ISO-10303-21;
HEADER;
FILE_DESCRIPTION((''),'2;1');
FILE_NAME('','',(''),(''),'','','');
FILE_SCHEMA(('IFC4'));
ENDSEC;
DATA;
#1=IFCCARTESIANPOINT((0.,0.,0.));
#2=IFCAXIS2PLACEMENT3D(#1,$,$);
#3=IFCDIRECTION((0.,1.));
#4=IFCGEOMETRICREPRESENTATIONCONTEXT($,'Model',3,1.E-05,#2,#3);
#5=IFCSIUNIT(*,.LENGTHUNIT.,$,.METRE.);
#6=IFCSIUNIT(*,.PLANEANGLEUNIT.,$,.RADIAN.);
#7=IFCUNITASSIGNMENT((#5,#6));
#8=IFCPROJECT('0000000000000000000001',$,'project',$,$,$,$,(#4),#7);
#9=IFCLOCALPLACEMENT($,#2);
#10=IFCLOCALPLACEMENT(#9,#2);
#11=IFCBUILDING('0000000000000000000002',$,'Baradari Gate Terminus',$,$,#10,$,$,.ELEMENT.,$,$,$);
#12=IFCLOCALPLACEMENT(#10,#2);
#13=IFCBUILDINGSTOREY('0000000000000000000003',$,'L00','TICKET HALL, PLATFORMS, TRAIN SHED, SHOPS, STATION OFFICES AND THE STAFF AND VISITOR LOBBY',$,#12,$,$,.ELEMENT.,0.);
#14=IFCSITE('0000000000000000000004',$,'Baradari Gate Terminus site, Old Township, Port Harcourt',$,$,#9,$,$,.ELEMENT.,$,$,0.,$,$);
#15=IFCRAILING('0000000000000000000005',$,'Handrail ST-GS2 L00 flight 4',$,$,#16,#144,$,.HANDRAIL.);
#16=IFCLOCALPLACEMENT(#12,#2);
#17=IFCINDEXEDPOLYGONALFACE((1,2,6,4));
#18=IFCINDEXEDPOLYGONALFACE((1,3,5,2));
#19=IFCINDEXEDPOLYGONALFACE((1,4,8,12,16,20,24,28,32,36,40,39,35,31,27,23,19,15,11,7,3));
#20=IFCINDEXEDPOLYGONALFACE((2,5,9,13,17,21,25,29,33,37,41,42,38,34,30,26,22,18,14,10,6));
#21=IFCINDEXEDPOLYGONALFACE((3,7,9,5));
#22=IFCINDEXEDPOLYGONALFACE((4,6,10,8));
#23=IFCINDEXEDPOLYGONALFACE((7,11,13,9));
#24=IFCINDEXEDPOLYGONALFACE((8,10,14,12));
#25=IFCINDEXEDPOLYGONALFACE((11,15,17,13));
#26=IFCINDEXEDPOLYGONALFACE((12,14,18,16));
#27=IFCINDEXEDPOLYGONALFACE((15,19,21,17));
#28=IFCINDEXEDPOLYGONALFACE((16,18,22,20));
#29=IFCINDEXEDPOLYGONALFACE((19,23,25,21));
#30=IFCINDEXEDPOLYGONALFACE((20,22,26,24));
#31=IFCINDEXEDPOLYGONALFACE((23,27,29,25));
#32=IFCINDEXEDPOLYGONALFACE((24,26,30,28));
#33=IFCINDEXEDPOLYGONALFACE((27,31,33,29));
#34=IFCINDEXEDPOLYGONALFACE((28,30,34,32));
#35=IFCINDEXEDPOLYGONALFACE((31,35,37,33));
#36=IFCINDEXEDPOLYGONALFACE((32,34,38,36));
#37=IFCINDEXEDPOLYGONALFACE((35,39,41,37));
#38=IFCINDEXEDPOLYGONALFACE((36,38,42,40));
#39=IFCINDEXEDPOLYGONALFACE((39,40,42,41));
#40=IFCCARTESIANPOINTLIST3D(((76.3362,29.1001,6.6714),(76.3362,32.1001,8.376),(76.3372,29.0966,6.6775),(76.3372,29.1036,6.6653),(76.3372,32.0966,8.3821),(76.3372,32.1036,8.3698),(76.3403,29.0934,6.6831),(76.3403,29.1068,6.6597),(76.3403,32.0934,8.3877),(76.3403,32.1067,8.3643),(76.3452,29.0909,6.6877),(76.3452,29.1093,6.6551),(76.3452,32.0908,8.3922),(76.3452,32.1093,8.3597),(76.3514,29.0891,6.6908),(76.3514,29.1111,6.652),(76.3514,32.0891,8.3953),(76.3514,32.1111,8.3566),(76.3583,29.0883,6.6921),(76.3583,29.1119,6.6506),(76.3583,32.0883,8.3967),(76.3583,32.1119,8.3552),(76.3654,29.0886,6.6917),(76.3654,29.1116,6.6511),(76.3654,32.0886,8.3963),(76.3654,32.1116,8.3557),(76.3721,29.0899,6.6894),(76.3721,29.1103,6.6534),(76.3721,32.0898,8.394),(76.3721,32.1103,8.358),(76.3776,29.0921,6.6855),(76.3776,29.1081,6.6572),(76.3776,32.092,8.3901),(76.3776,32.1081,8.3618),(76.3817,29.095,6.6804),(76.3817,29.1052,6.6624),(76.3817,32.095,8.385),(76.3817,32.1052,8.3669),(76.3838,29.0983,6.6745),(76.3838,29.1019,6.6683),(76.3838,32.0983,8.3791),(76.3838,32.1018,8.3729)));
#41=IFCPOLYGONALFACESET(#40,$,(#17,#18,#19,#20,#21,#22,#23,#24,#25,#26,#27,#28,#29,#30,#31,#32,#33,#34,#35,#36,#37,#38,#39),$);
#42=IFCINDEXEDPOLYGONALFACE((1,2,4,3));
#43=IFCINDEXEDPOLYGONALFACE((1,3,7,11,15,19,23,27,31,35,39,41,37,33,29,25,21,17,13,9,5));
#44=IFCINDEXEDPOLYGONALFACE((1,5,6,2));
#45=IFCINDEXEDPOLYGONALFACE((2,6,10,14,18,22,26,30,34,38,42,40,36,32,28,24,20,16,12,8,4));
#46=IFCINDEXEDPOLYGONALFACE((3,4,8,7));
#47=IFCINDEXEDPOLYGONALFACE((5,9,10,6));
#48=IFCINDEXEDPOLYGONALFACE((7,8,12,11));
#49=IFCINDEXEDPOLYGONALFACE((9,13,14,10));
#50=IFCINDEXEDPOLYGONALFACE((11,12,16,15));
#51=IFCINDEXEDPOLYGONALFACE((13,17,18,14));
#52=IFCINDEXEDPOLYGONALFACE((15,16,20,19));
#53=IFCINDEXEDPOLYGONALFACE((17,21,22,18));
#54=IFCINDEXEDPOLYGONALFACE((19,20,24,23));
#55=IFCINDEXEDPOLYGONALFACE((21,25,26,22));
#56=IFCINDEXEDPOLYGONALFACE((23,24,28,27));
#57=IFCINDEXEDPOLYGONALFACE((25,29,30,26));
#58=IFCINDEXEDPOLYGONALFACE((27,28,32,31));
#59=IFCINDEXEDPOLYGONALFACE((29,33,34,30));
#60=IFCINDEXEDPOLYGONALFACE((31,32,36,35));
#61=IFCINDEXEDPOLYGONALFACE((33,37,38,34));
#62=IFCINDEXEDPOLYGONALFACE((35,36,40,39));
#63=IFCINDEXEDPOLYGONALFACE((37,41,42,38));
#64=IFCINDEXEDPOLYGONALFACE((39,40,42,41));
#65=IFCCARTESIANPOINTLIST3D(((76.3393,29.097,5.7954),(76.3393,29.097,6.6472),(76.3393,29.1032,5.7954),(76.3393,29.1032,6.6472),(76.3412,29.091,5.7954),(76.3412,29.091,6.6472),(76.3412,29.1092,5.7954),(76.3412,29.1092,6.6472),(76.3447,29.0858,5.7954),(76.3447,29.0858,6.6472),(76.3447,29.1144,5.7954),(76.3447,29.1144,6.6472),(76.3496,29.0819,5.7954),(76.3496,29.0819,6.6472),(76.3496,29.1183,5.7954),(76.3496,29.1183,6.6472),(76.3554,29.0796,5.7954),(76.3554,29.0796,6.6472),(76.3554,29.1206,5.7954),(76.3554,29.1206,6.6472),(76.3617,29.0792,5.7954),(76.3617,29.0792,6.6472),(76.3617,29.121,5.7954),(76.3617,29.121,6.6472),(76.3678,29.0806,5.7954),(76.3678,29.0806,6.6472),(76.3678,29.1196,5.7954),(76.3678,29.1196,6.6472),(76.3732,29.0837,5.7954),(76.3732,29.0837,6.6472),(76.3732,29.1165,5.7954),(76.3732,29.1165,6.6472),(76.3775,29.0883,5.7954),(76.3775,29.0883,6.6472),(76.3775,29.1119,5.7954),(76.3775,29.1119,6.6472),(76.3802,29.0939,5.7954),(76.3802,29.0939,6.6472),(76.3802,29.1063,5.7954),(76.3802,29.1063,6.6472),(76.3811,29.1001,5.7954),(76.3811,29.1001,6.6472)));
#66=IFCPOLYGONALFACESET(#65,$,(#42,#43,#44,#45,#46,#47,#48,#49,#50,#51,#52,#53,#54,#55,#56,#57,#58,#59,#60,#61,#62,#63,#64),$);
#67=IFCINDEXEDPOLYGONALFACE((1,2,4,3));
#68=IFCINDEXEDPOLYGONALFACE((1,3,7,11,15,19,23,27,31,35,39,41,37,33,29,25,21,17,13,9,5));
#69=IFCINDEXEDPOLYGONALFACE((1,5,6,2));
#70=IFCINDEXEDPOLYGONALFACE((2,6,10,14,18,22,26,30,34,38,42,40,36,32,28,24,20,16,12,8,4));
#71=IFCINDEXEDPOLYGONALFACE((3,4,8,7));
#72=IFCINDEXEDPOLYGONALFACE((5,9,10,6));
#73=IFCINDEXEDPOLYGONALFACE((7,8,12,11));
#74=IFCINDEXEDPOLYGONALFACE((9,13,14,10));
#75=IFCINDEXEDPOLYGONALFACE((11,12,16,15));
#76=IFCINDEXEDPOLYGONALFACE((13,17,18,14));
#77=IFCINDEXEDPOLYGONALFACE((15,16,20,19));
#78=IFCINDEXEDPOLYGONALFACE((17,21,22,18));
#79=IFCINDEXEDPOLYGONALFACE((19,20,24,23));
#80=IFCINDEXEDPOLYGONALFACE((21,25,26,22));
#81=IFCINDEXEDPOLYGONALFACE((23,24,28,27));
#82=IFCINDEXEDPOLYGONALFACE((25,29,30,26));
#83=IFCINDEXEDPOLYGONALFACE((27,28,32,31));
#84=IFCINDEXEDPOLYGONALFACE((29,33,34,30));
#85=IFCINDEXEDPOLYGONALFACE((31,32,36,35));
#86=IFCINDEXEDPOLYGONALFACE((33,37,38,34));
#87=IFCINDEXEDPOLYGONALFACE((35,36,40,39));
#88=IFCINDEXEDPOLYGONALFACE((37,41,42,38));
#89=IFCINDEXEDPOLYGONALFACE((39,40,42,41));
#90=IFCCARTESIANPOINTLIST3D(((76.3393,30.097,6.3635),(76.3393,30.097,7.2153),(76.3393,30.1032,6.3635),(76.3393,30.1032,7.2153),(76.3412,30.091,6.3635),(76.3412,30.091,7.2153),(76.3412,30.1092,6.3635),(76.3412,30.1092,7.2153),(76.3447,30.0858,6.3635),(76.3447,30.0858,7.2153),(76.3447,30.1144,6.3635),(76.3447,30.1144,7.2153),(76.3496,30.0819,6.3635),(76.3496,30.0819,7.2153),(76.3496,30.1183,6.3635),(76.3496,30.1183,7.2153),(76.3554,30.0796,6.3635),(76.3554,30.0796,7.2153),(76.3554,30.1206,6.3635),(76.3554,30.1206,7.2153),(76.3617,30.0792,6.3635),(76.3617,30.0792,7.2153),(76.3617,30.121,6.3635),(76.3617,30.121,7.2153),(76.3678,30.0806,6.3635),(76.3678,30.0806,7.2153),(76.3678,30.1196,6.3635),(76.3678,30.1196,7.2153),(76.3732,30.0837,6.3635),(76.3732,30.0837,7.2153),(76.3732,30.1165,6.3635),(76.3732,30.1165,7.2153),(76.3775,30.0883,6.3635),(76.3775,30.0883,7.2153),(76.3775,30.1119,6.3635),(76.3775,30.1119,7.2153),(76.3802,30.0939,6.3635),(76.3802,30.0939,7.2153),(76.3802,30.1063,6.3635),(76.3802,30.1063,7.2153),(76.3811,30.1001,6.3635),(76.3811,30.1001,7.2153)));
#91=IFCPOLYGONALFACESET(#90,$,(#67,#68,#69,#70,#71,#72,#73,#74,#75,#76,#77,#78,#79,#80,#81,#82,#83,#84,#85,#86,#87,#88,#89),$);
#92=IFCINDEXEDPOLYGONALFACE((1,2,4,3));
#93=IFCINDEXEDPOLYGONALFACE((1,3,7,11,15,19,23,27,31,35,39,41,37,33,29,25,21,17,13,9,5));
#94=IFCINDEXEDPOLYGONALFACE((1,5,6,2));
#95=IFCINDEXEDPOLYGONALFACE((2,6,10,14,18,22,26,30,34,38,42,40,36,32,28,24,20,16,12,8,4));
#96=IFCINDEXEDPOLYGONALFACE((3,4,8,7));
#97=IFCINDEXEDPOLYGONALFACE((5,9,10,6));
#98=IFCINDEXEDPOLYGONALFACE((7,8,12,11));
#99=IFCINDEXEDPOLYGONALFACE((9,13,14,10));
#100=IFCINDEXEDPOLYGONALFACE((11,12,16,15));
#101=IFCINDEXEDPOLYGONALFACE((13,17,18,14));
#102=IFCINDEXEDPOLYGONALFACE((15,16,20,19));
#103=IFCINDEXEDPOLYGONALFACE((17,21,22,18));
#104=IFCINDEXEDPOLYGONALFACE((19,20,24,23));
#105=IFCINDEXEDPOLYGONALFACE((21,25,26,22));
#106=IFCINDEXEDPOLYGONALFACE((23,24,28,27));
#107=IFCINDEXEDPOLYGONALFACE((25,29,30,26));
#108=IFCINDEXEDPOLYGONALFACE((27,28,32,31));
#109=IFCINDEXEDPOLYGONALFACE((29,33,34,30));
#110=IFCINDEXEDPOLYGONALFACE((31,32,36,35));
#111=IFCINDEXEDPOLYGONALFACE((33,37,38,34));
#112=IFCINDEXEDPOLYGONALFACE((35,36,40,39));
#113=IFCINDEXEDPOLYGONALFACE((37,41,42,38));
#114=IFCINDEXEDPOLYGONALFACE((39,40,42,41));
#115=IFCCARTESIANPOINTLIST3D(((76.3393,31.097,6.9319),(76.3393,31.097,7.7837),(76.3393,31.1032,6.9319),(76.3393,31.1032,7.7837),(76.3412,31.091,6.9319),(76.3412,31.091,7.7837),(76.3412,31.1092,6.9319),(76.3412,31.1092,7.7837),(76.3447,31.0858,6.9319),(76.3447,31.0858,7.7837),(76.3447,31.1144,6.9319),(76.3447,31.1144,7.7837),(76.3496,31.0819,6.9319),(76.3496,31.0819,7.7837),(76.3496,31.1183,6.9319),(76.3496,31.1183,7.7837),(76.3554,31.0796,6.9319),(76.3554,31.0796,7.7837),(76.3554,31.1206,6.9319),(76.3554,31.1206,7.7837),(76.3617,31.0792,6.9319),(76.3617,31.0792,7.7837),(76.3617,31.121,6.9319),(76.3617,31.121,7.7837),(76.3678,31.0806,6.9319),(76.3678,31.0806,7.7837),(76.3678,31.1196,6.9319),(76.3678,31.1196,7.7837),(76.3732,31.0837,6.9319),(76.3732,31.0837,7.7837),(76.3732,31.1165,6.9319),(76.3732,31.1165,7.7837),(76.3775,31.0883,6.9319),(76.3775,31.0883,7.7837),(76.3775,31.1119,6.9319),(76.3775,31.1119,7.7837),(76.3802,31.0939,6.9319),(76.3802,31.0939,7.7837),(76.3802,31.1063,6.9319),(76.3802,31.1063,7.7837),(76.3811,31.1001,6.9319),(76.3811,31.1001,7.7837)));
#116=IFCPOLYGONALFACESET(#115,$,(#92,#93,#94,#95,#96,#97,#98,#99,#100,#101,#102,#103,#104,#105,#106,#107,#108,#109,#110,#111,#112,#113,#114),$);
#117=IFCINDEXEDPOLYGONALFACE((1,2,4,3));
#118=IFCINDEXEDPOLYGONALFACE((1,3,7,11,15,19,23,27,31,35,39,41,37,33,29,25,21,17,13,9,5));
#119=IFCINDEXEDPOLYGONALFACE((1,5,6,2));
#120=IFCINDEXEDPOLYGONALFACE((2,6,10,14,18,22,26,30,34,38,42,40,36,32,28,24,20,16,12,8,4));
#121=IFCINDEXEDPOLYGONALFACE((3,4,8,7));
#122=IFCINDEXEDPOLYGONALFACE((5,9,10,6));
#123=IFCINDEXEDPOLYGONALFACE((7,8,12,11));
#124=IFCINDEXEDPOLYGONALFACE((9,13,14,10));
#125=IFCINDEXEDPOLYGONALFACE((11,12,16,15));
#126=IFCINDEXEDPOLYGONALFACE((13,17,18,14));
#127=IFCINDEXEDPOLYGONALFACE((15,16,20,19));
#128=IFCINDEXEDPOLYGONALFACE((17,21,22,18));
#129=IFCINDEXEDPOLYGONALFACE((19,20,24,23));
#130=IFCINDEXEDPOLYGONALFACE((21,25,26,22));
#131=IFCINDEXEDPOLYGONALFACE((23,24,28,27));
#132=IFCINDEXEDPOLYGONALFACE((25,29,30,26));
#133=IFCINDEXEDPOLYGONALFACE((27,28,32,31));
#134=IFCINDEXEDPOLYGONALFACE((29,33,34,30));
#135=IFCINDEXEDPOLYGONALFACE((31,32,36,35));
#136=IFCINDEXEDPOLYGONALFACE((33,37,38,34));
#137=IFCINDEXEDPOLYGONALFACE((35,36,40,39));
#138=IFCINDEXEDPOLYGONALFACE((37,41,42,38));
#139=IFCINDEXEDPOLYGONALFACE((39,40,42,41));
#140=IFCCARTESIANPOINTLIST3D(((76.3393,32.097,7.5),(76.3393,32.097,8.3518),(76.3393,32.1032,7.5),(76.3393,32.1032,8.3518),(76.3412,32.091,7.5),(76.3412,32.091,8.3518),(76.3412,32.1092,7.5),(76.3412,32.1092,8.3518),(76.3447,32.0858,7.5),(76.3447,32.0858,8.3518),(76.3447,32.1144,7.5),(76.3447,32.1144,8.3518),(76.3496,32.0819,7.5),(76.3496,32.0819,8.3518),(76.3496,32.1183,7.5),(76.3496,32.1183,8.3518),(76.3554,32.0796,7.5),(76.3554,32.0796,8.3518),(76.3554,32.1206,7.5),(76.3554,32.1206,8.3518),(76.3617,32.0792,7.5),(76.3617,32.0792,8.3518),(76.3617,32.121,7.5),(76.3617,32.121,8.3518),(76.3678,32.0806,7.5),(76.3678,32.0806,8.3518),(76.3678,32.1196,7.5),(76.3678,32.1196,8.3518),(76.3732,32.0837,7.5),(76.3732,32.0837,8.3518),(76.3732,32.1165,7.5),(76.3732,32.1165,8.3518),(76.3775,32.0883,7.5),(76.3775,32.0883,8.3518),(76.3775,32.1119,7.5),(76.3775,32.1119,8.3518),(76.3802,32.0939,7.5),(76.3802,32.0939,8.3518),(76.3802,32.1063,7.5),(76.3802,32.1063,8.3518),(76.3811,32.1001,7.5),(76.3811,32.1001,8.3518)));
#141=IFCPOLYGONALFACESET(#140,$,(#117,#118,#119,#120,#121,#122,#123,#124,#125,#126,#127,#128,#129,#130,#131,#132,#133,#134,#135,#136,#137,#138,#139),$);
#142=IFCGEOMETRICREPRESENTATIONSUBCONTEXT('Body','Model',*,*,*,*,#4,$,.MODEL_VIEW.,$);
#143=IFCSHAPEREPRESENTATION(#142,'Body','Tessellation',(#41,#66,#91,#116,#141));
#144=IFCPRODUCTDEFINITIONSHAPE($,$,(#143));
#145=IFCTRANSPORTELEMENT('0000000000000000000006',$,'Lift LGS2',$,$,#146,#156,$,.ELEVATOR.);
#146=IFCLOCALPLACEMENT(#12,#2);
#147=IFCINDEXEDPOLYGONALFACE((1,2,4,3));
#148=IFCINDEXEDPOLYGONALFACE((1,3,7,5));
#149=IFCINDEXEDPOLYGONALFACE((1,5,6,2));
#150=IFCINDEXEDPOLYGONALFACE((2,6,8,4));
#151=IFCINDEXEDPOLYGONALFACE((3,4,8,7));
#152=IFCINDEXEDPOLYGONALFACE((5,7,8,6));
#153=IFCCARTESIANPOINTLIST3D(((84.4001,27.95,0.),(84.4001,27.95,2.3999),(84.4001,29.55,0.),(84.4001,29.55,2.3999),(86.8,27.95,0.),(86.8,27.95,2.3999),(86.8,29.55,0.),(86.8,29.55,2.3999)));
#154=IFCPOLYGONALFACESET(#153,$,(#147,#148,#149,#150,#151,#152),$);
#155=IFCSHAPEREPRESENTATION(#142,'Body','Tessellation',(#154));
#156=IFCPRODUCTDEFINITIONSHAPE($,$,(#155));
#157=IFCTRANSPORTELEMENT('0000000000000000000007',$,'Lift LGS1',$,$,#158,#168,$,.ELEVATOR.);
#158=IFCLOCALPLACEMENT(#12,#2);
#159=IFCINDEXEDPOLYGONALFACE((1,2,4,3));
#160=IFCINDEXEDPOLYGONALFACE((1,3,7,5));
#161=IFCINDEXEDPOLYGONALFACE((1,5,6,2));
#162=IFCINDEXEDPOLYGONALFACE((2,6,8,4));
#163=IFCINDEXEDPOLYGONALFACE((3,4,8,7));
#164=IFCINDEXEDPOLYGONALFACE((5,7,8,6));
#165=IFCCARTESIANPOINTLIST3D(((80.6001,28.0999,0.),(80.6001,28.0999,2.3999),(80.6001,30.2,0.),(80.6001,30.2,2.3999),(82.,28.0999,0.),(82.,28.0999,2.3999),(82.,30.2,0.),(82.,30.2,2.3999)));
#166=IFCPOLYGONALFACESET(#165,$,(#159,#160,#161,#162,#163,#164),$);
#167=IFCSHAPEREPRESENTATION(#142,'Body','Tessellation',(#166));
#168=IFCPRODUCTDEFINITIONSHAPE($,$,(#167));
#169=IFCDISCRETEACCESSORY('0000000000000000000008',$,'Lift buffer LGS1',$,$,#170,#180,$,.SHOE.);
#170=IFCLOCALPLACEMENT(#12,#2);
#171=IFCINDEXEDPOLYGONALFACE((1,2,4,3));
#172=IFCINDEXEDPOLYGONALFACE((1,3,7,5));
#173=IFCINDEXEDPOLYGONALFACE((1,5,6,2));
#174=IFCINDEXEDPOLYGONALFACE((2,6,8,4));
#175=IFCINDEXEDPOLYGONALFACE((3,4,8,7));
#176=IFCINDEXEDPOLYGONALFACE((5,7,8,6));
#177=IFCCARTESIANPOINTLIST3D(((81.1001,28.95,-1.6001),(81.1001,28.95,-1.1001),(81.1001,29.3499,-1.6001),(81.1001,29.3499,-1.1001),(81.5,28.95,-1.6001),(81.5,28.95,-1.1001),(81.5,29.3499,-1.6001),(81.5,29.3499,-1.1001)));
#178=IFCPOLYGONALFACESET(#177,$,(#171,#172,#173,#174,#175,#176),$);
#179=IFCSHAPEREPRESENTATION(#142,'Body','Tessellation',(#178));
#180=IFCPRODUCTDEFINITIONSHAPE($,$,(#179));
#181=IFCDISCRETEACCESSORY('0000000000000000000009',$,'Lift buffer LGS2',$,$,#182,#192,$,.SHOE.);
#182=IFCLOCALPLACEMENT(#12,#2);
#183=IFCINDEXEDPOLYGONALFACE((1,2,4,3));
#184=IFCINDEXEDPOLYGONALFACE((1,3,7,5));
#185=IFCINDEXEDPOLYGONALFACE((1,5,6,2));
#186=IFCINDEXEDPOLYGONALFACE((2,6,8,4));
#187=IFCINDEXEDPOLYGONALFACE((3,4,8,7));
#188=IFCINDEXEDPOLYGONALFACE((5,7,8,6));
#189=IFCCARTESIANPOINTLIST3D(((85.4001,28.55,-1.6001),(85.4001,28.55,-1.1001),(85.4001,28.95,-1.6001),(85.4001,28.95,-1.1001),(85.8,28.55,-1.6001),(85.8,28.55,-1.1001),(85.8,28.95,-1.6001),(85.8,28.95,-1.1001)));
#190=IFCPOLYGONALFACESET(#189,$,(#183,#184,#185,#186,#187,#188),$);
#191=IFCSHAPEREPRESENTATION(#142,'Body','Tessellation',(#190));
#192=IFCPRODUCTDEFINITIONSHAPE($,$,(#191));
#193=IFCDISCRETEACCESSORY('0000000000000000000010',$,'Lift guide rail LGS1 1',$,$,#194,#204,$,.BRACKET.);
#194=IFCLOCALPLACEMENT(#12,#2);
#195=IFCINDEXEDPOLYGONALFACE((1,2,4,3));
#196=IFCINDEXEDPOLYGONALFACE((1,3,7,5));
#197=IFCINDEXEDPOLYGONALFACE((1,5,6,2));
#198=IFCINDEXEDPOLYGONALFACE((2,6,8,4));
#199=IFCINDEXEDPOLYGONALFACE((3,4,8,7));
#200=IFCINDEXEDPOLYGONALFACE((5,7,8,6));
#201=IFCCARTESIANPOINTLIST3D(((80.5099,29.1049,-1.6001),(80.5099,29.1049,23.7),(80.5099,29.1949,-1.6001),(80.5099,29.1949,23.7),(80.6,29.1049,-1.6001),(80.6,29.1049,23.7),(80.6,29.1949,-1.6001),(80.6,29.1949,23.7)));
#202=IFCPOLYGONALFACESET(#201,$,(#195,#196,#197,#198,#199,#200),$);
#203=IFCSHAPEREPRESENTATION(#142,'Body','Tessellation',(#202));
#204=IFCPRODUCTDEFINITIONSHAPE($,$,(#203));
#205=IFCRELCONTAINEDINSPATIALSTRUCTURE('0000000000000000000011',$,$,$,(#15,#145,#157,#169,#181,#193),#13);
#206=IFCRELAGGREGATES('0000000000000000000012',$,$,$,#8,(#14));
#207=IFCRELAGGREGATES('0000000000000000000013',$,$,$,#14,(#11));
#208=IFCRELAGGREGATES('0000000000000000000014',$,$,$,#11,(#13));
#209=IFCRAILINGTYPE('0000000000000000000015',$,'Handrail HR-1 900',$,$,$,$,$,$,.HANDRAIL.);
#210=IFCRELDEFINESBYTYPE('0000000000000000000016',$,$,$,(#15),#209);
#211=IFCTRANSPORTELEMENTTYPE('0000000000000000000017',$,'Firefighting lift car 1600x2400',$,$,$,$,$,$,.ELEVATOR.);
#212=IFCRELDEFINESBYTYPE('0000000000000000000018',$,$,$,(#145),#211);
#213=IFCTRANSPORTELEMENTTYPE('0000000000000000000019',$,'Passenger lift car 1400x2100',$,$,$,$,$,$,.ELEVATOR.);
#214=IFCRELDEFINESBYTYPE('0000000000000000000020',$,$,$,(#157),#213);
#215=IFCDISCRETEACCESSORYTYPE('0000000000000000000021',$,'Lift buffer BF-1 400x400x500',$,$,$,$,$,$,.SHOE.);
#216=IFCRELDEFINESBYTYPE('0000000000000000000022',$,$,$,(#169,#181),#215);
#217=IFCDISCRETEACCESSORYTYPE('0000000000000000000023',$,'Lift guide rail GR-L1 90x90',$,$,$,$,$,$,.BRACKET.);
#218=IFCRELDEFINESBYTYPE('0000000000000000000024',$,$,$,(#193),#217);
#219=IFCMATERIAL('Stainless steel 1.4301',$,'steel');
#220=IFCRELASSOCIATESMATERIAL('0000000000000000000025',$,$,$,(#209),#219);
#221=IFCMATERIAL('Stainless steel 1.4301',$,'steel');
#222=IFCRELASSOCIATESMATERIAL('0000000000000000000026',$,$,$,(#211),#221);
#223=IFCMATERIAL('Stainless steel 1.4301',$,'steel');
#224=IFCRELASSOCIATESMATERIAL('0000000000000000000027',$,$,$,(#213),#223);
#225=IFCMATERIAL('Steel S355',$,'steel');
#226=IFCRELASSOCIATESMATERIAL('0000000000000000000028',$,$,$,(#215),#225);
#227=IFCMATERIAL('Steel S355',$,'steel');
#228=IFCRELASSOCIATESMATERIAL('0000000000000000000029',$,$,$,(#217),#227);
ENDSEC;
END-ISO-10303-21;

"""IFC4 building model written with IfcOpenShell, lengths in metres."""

from ifc_helpers import new_model, si_unit, direction, frame, origin, origin_2d, place, context, subcontext, project, spatial, rectangle, circle, extrude, material, type_object, element, save


model = new_model("IFC4")

# Units and contexts
model_context = context("Model", 3, precision=1e-05, world=origin(), true_north=direction((0.0, 1.0)))
body_context = subcontext(model_context, "Body", "Model", "MODEL_VIEW")
ifc_project = project(units=[si_unit("LENGTHUNIT", "METRE"), si_unit("PLANEANGLEUNIT", "RADIAN")], contexts=[model_context])

# Site, building, storey
site_placement = place(None, origin())
site = spatial("IfcSite", under=ifc_project, at=site_placement, Name="Baradari Gate Terminus site, Old Township, Port Harcourt", CompositionType="ELEMENT", RefElevation=0.0)
building_placement = place(site_placement, origin())
building = spatial("IfcBuilding", under=site, at=building_placement, Name="Baradari Gate Terminus", CompositionType="ELEMENT")
storey_placement = place(building_placement, origin())
storey = spatial("IfcBuildingStorey", under=building, at=storey_placement, Name="L00", Description="TICKET HALL, PLATFORMS, TRAIN SHED, SHOPS, STATION OFFICES AND THE STAFF AND VISITOR LOBBY", CompositionType="ELEMENT", Elevation=0.0)

# Railing
ifc_material_1 = material(Name="Stainless steel 1.4301", Category="steel")
railing_type = type_object("IfcRailingType", Name="Handrail HR-1 900", PredefinedType="HANDRAIL", material=ifc_material_1)
for number, where, name in (
    (1, (76.3601, 29.1001, 5.7954), "Handrail ST-GS2 L00 flight 4"),
):
    element("IfcRailing", number, at=place(storey_placement, frame(where)), inside=storey, type_object=railing_type, Name=name, PredefinedType="HANDRAIL", context=body_context, shape_type="SweptSolid", body=[
        extrude(circle(Radius=0.0239, at=origin_2d()), frame((0.0, 0.0, 0.876), z_axis=(0.0, 0.869451, 0.494019), x_axis=(-1.0, 0.0, 0.0)), (0.0, 0.0, 1.0), 3.4504),
        extrude(circle(Radius=0.021, at=origin_2d()), origin(), (0.0, 0.0, 1.0), 0.8518),
        extrude(circle(Radius=0.021, at=origin_2d()), frame((0.0, 1.0, 0.5681)), (0.0, 0.0, 1.0), 0.8518),
        extrude(circle(Radius=0.021, at=origin_2d()), frame((0.0, 2.0, 1.1365)), (0.0, 0.0, 1.0), 0.8518),
        extrude(circle(Radius=0.021, at=origin_2d()), frame((0.0, 3.0, 1.7046)), (0.0, 0.0, 1.0), 0.8518),
    ])

# Transport elements
ifc_material_2 = material(Name="Stainless steel 1.4301", Category="steel")
transport_element_type_1 = type_object("IfcTransportElementType", Name="Firefighting lift car 1600x2400", PredefinedType="ELEVATOR", material=ifc_material_2)
transport_element_1_placement = place(storey_placement, frame((85.6001, 28.75, 0.0), z_axis=(0.0, 0.0, 1.0), x_axis=(1.0, 0.0, 0.0)))
element("IfcTransportElement", 2, at=transport_element_1_placement, inside=storey, type_object=transport_element_type_1, Name="Lift LGS2", PredefinedType="ELEVATOR", context=body_context, shape_type="SweptSolid", body=[
    extrude(rectangle(XDim=2.3999, YDim=1.6001, at=origin_2d()), origin(), (0.0, 0.0, 1.0), 2.3999),
])
ifc_material_3 = material(Name="Stainless steel 1.4301", Category="steel")
transport_element_type_2 = type_object("IfcTransportElementType", Name="Passenger lift car 1400x2100", PredefinedType="ELEVATOR", material=ifc_material_3)
transport_element_2_placement = place(storey_placement, frame((81.3, 29.1499, 0.0), z_axis=(0.0, 0.0, 1.0), x_axis=(1.0, 0.0, 0.0)))
element("IfcTransportElement", 3, at=transport_element_2_placement, inside=storey, type_object=transport_element_type_2, Name="Lift LGS1", PredefinedType="ELEVATOR", context=body_context, shape_type="SweptSolid", body=[
    extrude(rectangle(XDim=1.3999, YDim=2.1001, at=origin_2d()), origin(), (0.0, 0.0, 1.0), 2.3999),
])

# Discrete accessories
ifc_material_4 = material(Name="Steel S355", Category="steel")
discrete_accessory_type_1 = type_object("IfcDiscreteAccessoryType", Name="Lift buffer BF-1 400x400x500", PredefinedType="SHOE", material=ifc_material_4)
for number, where, z_axis, x_axis, name in (
    (4, (81.3, 29.1499, -1.6001), (0.0, 0.0, 1.0), (1.0, 0.0, 0.0), "Lift buffer LGS1"),
    (5, (85.6001, 28.75, -1.6001), (0.0, 0.0, 1.0), (1.0, 0.0, 0.0), "Lift buffer LGS2"),
):
    element("IfcDiscreteAccessory", number, at=place(storey_placement, frame(where, z_axis=z_axis, x_axis=x_axis)), inside=storey, type_object=discrete_accessory_type_1, Name=name, PredefinedType="SHOE", context=body_context, shape_type="SweptSolid", body=[
        extrude(rectangle(XDim=0.3999, YDim=0.3999, at=origin_2d()), origin(), (0.0, 0.0, 1.0), 0.5),
    ])
ifc_material_5 = material(Name="Steel S355", Category="steel")
discrete_accessory_type_2 = type_object("IfcDiscreteAccessoryType", Name="Lift guide rail GR-L1 90x90", PredefinedType="BRACKET", material=ifc_material_5)
for number, where, z_axis, x_axis, name in (
    (6, (80.5549, 29.1499, -1.6001), (0.0, 0.0, 1.0), (1.0, 0.0, 0.0), "Lift guide rail LGS1 1"),
):
    element("IfcDiscreteAccessory", number, at=place(storey_placement, frame(where, z_axis=z_axis, x_axis=x_axis)), inside=storey, type_object=discrete_accessory_type_2, Name=name, PredefinedType="BRACKET", context=body_context, shape_type="SweptSolid", body=[
        extrude(rectangle(XDim=0.0901, YDim=0.0901, at=origin_2d()), origin(), (0.0, 0.0, 1.0), 25.3),
    ])

save(model, "model.ifc")
